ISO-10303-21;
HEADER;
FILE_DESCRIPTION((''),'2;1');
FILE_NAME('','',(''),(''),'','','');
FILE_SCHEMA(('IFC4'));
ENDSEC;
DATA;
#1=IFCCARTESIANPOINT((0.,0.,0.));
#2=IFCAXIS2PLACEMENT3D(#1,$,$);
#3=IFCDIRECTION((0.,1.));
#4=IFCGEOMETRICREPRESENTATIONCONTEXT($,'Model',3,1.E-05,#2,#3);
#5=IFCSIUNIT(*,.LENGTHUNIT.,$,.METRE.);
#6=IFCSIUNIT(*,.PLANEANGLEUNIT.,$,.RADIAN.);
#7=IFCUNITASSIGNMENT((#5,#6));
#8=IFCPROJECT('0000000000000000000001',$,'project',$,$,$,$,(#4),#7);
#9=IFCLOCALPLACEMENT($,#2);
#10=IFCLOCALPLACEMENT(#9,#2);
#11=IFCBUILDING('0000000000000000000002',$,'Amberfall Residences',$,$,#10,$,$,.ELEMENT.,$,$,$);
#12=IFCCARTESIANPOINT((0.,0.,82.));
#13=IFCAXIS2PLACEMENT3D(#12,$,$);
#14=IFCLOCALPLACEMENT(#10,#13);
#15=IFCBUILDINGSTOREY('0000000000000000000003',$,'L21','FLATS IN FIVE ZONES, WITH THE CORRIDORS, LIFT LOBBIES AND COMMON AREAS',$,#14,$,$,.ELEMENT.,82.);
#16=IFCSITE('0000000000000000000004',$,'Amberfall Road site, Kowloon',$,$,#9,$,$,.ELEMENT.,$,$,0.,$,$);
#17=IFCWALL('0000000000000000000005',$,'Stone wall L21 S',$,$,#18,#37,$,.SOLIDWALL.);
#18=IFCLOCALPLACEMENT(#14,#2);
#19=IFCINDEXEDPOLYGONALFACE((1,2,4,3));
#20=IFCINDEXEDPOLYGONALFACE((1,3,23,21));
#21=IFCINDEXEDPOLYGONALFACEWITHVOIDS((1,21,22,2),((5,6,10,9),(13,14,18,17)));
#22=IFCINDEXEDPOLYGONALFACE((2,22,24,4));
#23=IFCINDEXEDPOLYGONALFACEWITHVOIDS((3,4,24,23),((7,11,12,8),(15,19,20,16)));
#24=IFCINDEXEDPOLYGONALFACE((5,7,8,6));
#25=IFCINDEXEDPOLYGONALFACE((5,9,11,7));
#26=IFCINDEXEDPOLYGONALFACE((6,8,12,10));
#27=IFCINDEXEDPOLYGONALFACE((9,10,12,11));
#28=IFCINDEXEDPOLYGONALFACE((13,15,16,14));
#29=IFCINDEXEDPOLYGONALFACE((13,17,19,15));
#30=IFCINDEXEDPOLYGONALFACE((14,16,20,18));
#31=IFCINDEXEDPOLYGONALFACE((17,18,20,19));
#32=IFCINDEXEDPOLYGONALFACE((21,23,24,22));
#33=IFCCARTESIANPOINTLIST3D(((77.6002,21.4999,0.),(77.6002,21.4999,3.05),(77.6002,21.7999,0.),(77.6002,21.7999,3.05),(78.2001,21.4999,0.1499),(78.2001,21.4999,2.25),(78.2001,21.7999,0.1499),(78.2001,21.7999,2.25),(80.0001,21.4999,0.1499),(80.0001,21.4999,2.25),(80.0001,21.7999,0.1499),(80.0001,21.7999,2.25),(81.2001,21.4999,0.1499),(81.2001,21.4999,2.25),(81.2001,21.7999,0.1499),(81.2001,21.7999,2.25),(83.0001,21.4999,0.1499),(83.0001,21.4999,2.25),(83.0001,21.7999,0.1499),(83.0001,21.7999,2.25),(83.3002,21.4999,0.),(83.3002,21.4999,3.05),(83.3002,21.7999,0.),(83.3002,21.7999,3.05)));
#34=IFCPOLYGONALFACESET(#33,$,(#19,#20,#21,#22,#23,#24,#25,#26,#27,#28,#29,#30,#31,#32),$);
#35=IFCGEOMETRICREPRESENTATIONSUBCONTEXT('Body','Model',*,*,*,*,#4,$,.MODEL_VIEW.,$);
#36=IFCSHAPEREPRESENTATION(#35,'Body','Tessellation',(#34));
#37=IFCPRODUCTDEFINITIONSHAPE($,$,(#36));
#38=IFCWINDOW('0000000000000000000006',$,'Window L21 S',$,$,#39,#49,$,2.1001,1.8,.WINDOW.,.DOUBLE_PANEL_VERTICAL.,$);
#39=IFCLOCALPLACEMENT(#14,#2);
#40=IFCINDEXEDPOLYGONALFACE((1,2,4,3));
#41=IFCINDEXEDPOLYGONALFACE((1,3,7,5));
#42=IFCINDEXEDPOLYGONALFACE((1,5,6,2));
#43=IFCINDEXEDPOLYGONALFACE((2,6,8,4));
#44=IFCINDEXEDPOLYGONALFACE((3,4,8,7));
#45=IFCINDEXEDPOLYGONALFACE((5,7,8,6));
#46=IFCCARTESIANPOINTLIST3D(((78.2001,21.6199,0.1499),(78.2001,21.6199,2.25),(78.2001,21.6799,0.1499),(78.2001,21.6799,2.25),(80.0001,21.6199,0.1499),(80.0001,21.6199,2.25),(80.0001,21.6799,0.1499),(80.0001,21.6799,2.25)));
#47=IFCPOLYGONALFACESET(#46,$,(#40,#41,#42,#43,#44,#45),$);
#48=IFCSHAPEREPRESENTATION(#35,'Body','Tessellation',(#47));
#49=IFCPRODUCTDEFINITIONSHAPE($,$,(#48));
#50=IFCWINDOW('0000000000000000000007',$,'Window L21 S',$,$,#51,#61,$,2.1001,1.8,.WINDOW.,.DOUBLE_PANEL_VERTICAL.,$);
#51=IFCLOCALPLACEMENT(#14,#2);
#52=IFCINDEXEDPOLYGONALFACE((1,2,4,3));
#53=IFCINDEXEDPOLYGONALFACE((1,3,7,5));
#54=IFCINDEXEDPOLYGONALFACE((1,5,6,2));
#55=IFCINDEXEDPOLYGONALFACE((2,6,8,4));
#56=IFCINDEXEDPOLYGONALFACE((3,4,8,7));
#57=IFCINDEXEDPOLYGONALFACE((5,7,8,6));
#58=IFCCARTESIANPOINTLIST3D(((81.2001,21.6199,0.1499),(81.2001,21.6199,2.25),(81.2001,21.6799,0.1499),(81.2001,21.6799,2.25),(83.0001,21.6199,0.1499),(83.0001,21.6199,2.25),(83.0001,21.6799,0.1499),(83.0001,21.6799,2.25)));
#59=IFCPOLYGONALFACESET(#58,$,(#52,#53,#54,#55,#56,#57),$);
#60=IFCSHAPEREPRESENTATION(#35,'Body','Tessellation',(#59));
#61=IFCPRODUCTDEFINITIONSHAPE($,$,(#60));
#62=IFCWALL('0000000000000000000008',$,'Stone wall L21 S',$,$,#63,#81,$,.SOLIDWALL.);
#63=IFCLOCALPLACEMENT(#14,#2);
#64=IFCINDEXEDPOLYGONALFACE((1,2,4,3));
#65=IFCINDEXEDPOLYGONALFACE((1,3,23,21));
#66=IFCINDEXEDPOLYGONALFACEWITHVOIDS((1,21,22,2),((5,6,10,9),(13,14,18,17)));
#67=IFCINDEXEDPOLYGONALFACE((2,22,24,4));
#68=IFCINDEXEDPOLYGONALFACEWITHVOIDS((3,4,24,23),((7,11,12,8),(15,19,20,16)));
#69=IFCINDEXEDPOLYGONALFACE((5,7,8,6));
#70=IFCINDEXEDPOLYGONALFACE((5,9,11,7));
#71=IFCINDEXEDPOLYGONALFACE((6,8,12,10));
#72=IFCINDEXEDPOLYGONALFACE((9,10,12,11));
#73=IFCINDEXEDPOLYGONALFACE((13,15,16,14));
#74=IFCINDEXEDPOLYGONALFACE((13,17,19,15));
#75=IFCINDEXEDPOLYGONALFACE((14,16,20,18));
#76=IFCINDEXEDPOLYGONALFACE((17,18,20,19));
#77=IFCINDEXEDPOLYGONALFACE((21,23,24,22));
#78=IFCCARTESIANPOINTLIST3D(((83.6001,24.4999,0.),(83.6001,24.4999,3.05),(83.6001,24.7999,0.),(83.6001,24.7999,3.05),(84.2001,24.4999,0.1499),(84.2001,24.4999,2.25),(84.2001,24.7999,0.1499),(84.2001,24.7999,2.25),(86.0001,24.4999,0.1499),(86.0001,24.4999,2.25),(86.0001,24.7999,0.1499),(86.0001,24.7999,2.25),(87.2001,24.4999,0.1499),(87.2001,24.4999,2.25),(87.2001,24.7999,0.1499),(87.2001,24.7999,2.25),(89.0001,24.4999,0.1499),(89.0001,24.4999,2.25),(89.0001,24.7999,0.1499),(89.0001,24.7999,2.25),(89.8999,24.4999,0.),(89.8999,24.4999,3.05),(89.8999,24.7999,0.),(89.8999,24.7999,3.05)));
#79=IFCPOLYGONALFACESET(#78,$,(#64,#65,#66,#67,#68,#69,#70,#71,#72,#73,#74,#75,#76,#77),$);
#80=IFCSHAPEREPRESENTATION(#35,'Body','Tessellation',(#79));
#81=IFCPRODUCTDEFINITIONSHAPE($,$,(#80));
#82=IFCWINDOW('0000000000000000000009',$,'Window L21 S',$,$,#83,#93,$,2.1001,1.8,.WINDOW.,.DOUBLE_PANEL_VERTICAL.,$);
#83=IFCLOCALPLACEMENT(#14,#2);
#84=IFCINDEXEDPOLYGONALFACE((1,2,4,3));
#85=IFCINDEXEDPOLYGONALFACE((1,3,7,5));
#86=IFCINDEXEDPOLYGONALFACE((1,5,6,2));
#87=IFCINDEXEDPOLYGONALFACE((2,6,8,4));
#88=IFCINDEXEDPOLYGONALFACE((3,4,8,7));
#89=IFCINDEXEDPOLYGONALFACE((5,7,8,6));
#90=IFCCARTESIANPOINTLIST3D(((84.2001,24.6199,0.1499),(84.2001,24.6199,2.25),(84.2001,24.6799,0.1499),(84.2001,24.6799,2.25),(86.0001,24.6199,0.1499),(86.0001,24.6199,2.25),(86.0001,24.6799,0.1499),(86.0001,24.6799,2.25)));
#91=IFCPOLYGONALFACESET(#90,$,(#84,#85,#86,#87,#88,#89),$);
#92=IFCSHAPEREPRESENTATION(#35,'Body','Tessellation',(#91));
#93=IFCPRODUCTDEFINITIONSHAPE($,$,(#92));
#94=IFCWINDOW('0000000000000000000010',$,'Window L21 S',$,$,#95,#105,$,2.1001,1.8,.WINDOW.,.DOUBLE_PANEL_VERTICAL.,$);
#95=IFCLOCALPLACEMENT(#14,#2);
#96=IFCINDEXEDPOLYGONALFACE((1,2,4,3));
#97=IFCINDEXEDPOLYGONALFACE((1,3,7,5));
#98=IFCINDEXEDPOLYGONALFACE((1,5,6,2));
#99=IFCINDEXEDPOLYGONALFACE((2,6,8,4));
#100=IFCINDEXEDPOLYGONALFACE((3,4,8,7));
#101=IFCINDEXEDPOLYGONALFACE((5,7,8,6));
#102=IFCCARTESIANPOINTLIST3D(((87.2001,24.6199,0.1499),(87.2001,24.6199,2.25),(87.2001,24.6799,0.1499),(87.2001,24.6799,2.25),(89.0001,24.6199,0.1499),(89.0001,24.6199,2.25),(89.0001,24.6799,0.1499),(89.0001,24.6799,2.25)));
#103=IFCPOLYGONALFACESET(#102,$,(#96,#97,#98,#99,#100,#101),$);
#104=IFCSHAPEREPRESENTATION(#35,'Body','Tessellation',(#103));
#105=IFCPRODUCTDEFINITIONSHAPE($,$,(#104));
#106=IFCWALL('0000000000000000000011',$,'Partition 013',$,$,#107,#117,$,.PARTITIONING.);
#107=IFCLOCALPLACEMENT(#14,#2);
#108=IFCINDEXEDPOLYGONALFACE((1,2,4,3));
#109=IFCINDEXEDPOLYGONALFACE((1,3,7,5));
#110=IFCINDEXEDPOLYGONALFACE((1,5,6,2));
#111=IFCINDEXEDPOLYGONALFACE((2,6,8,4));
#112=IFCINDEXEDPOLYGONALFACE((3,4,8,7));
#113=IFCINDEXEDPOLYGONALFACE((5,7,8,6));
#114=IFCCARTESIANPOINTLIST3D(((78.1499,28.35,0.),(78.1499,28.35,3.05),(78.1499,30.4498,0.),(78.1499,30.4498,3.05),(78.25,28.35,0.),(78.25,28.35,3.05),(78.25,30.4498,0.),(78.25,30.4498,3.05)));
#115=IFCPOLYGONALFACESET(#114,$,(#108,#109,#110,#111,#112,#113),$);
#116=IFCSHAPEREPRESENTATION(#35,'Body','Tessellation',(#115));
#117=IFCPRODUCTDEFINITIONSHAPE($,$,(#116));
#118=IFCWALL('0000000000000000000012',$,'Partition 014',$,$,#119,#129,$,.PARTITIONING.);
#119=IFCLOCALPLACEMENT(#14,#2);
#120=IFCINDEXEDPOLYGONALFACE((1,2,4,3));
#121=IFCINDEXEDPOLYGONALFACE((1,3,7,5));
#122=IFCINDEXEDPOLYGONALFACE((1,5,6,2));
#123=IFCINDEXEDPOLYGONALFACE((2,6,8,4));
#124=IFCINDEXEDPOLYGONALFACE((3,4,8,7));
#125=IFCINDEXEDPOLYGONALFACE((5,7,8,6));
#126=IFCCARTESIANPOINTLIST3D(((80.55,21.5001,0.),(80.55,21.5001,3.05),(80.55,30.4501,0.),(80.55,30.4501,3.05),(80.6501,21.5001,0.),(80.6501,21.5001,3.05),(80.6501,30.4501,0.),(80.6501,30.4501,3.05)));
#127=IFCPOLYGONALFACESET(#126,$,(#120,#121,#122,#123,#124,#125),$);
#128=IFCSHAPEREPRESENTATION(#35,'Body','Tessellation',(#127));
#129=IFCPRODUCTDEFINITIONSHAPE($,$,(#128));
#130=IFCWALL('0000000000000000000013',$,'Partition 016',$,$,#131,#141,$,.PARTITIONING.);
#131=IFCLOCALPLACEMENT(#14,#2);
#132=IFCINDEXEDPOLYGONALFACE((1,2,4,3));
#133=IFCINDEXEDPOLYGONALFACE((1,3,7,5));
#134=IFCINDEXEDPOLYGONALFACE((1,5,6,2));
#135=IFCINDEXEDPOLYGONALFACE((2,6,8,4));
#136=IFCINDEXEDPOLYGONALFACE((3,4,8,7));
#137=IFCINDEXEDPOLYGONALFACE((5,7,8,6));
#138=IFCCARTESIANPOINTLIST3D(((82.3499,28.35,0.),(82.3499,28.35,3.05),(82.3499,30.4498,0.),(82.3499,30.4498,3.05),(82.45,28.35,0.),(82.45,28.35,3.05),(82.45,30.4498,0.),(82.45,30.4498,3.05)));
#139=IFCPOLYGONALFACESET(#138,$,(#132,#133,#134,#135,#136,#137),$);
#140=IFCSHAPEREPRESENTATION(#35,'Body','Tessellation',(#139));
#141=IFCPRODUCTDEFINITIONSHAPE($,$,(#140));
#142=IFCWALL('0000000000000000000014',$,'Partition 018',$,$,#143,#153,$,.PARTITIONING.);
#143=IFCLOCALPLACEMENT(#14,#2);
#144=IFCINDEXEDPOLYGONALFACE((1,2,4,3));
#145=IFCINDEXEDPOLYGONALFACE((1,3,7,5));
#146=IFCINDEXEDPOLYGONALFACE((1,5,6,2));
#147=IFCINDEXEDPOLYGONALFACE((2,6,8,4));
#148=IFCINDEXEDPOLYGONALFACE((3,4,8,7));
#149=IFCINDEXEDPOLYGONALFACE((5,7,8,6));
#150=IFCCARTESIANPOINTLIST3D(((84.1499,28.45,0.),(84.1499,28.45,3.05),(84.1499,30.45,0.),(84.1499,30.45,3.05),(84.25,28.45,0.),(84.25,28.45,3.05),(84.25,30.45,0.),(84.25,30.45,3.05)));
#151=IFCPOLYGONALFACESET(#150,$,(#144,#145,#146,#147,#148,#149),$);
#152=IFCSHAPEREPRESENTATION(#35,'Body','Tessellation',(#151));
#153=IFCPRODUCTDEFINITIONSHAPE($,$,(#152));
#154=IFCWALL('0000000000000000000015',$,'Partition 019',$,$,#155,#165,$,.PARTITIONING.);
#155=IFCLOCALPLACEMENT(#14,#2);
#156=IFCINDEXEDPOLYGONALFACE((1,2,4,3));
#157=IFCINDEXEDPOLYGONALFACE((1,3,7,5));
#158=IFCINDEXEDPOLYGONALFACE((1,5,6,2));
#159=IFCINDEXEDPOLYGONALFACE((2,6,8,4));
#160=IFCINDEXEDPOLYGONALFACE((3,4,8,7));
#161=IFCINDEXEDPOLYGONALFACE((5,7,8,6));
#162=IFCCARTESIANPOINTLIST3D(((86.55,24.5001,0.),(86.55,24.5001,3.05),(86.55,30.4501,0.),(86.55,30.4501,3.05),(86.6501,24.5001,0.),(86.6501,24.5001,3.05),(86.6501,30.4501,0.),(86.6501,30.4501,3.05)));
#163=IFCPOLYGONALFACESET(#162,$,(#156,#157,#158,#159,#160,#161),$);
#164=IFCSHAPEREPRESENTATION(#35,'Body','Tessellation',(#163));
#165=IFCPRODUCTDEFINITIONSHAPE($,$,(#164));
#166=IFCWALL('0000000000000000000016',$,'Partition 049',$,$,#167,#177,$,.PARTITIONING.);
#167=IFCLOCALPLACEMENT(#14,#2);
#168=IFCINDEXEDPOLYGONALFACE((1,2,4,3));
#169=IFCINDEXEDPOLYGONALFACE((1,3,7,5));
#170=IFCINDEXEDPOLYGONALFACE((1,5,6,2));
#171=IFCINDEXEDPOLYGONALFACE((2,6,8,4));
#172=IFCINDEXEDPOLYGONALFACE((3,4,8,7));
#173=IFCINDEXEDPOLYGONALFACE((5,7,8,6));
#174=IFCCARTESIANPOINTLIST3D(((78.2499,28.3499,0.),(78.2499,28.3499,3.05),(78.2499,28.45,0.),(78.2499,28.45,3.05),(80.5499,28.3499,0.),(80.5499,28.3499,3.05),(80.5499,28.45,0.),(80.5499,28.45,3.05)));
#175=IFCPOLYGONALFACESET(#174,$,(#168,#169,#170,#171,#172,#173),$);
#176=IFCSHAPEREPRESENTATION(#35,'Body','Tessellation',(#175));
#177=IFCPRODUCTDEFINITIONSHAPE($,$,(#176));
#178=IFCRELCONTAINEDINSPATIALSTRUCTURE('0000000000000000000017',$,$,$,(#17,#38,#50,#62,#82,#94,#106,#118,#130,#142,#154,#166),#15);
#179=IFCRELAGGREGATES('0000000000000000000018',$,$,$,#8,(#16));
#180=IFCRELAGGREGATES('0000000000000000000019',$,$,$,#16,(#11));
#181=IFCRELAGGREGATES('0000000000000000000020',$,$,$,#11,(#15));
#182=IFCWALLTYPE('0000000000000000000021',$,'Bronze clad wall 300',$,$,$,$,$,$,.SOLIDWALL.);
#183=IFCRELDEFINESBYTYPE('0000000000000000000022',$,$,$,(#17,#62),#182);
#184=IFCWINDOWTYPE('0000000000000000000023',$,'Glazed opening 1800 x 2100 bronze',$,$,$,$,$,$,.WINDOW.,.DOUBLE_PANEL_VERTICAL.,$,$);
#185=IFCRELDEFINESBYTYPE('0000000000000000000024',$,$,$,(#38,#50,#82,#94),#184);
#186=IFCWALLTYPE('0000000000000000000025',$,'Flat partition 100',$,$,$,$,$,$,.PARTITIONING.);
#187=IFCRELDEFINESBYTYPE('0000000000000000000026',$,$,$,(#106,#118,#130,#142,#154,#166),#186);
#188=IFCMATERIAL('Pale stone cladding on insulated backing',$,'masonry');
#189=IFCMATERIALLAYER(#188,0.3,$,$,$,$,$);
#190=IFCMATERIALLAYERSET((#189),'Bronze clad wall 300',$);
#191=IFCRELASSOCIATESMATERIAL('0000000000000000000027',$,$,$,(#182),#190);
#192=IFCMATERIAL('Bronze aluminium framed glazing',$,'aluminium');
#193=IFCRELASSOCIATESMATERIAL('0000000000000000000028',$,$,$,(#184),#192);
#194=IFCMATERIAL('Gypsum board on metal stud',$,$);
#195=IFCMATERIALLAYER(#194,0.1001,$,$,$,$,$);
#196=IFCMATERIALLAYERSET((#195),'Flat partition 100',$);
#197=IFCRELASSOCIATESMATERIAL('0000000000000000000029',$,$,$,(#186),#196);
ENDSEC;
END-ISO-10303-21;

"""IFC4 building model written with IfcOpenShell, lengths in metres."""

from ifc_helpers import new_model, si_unit, direction, frame, frame_2d, origin, place, context, subcontext, project, spatial, rectangle, extrude, material, layer, layer_set, type_object, element, fill, save


model = new_model("IFC4")

# Units and contexts
model_context = context("Model", 3, precision=1e-05, world=origin(), true_north=direction((0.0, 1.0)))
body_context = subcontext(model_context, "Body", "Model", "MODEL_VIEW")
ifc_project = project(units=[si_unit("LENGTHUNIT", "METRE"), si_unit("PLANEANGLEUNIT", "RADIAN")], contexts=[model_context])

# Site, building, storey
site_placement = place(None, origin())
site = spatial("IfcSite", under=ifc_project, at=site_placement, Name="Amberfall Road site, Kowloon", CompositionType="ELEMENT", RefElevation=0.0)
building_placement = place(site_placement, origin())
building = spatial("IfcBuilding", under=site, at=building_placement, Name="Amberfall Residences", CompositionType="ELEMENT")
storey_placement = place(building_placement, frame((0.0, 0.0, 82.0)))
storey = spatial("IfcBuildingStorey", under=building, at=storey_placement, Name="L21", Description="FLATS IN FIVE ZONES, WITH THE CORRIDORS, LIFT LOBBIES AND COMMON AREAS", CompositionType="ELEMENT", Elevation=82.0)

# Shared definitions
ifc_material_1 = material(Name="Pale stone cladding on insulated backing", Category="masonry")
ifc_layer_1 = layer(ifc_material_1, 0.3)
ifc_layer_set_1 = layer_set([ifc_layer_1], Name="Bronze clad wall 300")
wall_type_1 = type_object("IfcWallType", Name="Bronze clad wall 300", PredefinedType="SOLIDWALL", material=ifc_layer_set_1)
ifc_material_2 = material(Name="Bronze aluminium framed glazing", Category="aluminium")

# Walls, openings, windows
wall_1_placement = place(storey_placement, frame((77.6001, 21.6499, 0.0), z_axis=(0.0, 0.0, 1.0), x_axis=(1.0, 0.0, 0.0)))
wall_1 = element("IfcWall", 1, at=wall_1_placement, inside=storey, type_object=wall_type_1, Name="Stone wall L21 S", PredefinedType="SOLIDWALL", context=body_context, shape_type="SweptSolid", body=[
    extrude(rectangle(XDim=5.7, YDim=0.3, at=frame_2d((2.8501, 0.0))), origin(), (0.0, 0.0, 1.0), 3.05),
])
opening_1_placement = place(wall_1_placement, frame((0.6001, 0.0, 0.1499)))
opening_1 = element("IfcOpeningElement", 2, at=opening_1_placement, cuts=wall_1, PredefinedType="OPENING", context=body_context, shape_type="SweptSolid", body=[
    extrude(rectangle(XDim=1.8, YDim=2.1001, at=frame_2d((0.8999, 1.05))), frame((0.0, 0.1599, 0.0), z_axis=(0.0, -1.0, 0.0), x_axis=(1.0, 0.0, 0.0)), (0.0, 0.0, 1.0), 0.3201),
])
opening_2_placement = place(wall_1_placement, frame((3.6001, 0.0, 0.1499)))
opening_2 = element("IfcOpeningElement", 3, at=opening_2_placement, cuts=wall_1, PredefinedType="OPENING", context=body_context, shape_type="SweptSolid", body=[
    extrude(rectangle(XDim=1.8, YDim=2.1001, at=frame_2d((0.8999, 1.05))), frame((0.0, 0.1599, 0.0), z_axis=(0.0, -1.0, 0.0), x_axis=(1.0, 0.0, 0.0)), (0.0, 0.0, 1.0), 0.3201),
])
window_type_1 = type_object("IfcWindowType", Name="Glazed opening 1800 x 2100 bronze", PartitioningType="DOUBLE_PANEL_VERTICAL", PredefinedType="WINDOW", material=ifc_material_2)
window_1_placement = place(opening_1_placement, origin())
window_1 = element("IfcWindow", 4, at=window_1_placement, inside=storey, type_object=window_type_1, Name="Window L21 S", OverallHeight=2.1001, OverallWidth=1.8, PartitioningType="DOUBLE_PANEL_VERTICAL", PredefinedType="WINDOW", context=body_context, shape_type="SweptSolid", body=[
    extrude(rectangle(XDim=1.8, YDim=2.1001, at=frame_2d((0.8999, 1.05))), frame((0.0, 0.03, 0.0), z_axis=(0.0, -1.0, 0.0), x_axis=(1.0, 0.0, 0.0)), (0.0, 0.0, 1.0), 0.0601),
])
fill(opening_1, window_1)
window_2_placement = place(opening_2_placement, origin())
window_2 = element("IfcWindow", 5, at=window_2_placement, inside=storey, type_object=window_type_1, Name="Window L21 S", OverallHeight=2.1001, OverallWidth=1.8, PartitioningType="DOUBLE_PANEL_VERTICAL", PredefinedType="WINDOW", context=body_context, shape_type="SweptSolid", body=[
    extrude(rectangle(XDim=1.8, YDim=2.1001, at=frame_2d((0.8999, 1.05))), frame((0.0, 0.03, 0.0), z_axis=(0.0, -1.0, 0.0), x_axis=(1.0, 0.0, 0.0)), (0.0, 0.0, 1.0), 0.0601),
])
fill(opening_2, window_2)
wall_2_placement = place(storey_placement, frame((83.6001, 24.6499, 0.0), z_axis=(0.0, 0.0, 1.0), x_axis=(1.0, 0.0, 0.0)))
wall_2 = element("IfcWall", 6, at=wall_2_placement, inside=storey, type_object=wall_type_1, Name="Stone wall L21 S", PredefinedType="SOLIDWALL", context=body_context, shape_type="SweptSolid", body=[
    extrude(rectangle(XDim=6.2998, YDim=0.3, at=frame_2d((3.1499, 0.0))), origin(), (0.0, 0.0, 1.0), 3.05),
])
opening_3_placement = place(wall_2_placement, frame((0.6001, 0.0, 0.1499)))
opening_3 = element("IfcOpeningElement", 7, at=opening_3_placement, cuts=wall_2, PredefinedType="OPENING", context=body_context, shape_type="SweptSolid", body=[
    extrude(rectangle(XDim=1.8, YDim=2.1001, at=frame_2d((0.8999, 1.05))), frame((0.0, 0.1599, 0.0), z_axis=(0.0, -1.0, 0.0), x_axis=(1.0, 0.0, 0.0)), (0.0, 0.0, 1.0), 0.3201),
])
opening_4_placement = place(wall_2_placement, frame((3.6001, 0.0, 0.1499)))
opening_4 = element("IfcOpeningElement", 8, at=opening_4_placement, cuts=wall_2, PredefinedType="OPENING", context=body_context, shape_type="SweptSolid", body=[
    extrude(rectangle(XDim=1.8, YDim=2.1001, at=frame_2d((0.8999, 1.05))), frame((0.0, 0.1599, 0.0), z_axis=(0.0, -1.0, 0.0), x_axis=(1.0, 0.0, 0.0)), (0.0, 0.0, 1.0), 0.3201),
])
window_3_placement = place(opening_3_placement, origin())
window_3 = element("IfcWindow", 9, at=window_3_placement, inside=storey, type_object=window_type_1, Name="Window L21 S", OverallHeight=2.1001, OverallWidth=1.8, PartitioningType="DOUBLE_PANEL_VERTICAL", PredefinedType="WINDOW", context=body_context, shape_type="SweptSolid", body=[
    extrude(rectangle(XDim=1.8, YDim=2.1001, at=frame_2d((0.8999, 1.05))), frame((0.0, 0.03, 0.0), z_axis=(0.0, -1.0, 0.0), x_axis=(1.0, 0.0, 0.0)), (0.0, 0.0, 1.0), 0.0601),
])
fill(opening_3, window_3)
window_4_placement = place(opening_4_placement, origin())
window_4 = element("IfcWindow", 10, at=window_4_placement, inside=storey, type_object=window_type_1, Name="Window L21 S", OverallHeight=2.1001, OverallWidth=1.8, PartitioningType="DOUBLE_PANEL_VERTICAL", PredefinedType="WINDOW", context=body_context, shape_type="SweptSolid", body=[
    extrude(rectangle(XDim=1.8, YDim=2.1001, at=frame_2d((0.8999, 1.05))), frame((0.0, 0.03, 0.0), z_axis=(0.0, -1.0, 0.0), x_axis=(1.0, 0.0, 0.0)), (0.0, 0.0, 1.0), 0.0601),
])
fill(opening_4, window_4)

# Walls
ifc_material_3 = material(Name="Gypsum board on metal stud")
ifc_layer_2 = layer(ifc_material_3, 0.1001)
ifc_layer_set_2 = layer_set([ifc_layer_2], Name="Flat partition 100")
wall_type_2 = type_object("IfcWallType", Name="Flat partition 100", PredefinedType="PARTITIONING", material=ifc_layer_set_2)
wall_3_placement = place(storey_placement, frame((78.2, 28.3501, 0.0), z_axis=(0.0, 0.0, 1.0), x_axis=(0.0, 1.0, 0.0)))
element("IfcWall", 11, at=wall_3_placement, inside=storey, type_object=wall_type_2, Name="Partition 013", PredefinedType="PARTITIONING", context=body_context, shape_type="SweptSolid", body=[
    extrude(rectangle(XDim=2.0999, YDim=0.1001, at=frame_2d((1.0498, 0.0))), origin(), (0.0, 0.0, 1.0), 3.05),
])
wall_4_placement = place(storey_placement, frame((80.6001, 21.5, 0.0), z_axis=(0.0, 0.0, 1.0), x_axis=(0.0, 1.0, 0.0)))
element("IfcWall", 12, at=wall_4_placement, inside=storey, type_object=wall_type_2, Name="Partition 014", PredefinedType="PARTITIONING", context=body_context, shape_type="SweptSolid", body=[
    extrude(rectangle(XDim=8.95, YDim=0.1001, at=frame_2d((4.4751, 0.0))), origin(), (0.0, 0.0, 1.0), 3.05),
])
wall_5_placement = place(storey_placement, frame((82.3999, 28.3501, 0.0), z_axis=(0.0, 0.0, 1.0), x_axis=(0.0, 1.0, 0.0)))
element("IfcWall", 13, at=wall_5_placement, inside=storey, type_object=wall_type_2, Name="Partition 016", PredefinedType="PARTITIONING", context=body_context, shape_type="SweptSolid", body=[
    extrude(rectangle(XDim=2.0999, YDim=0.1001, at=frame_2d((1.0498, 0.0))), origin(), (0.0, 0.0, 1.0), 3.05),
])
wall_6_placement = place(storey_placement, frame((84.2, 28.45, 0.0), z_axis=(0.0, 0.0, 1.0), x_axis=(0.0, 1.0, 0.0)))
element("IfcWall", 14, at=wall_6_placement, inside=storey, type_object=wall_type_2, Name="Partition 018", PredefinedType="PARTITIONING", context=body_context, shape_type="SweptSolid", body=[
    extrude(rectangle(XDim=2.0, YDim=0.1001, at=frame_2d((1.0, 0.0))), origin(), (0.0, 0.0, 1.0), 3.05),
])
wall_7_placement = place(storey_placement, frame((86.6001, 24.5, 0.0), z_axis=(0.0, 0.0, 1.0), x_axis=(0.0, 1.0, 0.0)))
element("IfcWall", 15, at=wall_7_placement, inside=storey, type_object=wall_type_2, Name="Partition 019", PredefinedType="PARTITIONING", context=body_context, shape_type="SweptSolid", body=[
    extrude(rectangle(XDim=5.95, YDim=0.1001, at=frame_2d((2.9751, 0.0))), origin(), (0.0, 0.0, 1.0), 3.05),
])
wall_8_placement = place(storey_placement, frame((78.25, 28.3999, 0.0), z_axis=(0.0, 0.0, 1.0), x_axis=(1.0, 0.0, 0.0)))
element("IfcWall", 16, at=wall_8_placement, inside=storey, type_object=wall_type_2, Name="Partition 049", PredefinedType="PARTITIONING", context=body_context, shape_type="SweptSolid", body=[
    extrude(rectangle(XDim=2.3, YDim=0.1001, at=frame_2d((1.1499, 0.0))), origin(), (0.0, 0.0, 1.0), 3.05),
])

save(model, "model.ifc")
